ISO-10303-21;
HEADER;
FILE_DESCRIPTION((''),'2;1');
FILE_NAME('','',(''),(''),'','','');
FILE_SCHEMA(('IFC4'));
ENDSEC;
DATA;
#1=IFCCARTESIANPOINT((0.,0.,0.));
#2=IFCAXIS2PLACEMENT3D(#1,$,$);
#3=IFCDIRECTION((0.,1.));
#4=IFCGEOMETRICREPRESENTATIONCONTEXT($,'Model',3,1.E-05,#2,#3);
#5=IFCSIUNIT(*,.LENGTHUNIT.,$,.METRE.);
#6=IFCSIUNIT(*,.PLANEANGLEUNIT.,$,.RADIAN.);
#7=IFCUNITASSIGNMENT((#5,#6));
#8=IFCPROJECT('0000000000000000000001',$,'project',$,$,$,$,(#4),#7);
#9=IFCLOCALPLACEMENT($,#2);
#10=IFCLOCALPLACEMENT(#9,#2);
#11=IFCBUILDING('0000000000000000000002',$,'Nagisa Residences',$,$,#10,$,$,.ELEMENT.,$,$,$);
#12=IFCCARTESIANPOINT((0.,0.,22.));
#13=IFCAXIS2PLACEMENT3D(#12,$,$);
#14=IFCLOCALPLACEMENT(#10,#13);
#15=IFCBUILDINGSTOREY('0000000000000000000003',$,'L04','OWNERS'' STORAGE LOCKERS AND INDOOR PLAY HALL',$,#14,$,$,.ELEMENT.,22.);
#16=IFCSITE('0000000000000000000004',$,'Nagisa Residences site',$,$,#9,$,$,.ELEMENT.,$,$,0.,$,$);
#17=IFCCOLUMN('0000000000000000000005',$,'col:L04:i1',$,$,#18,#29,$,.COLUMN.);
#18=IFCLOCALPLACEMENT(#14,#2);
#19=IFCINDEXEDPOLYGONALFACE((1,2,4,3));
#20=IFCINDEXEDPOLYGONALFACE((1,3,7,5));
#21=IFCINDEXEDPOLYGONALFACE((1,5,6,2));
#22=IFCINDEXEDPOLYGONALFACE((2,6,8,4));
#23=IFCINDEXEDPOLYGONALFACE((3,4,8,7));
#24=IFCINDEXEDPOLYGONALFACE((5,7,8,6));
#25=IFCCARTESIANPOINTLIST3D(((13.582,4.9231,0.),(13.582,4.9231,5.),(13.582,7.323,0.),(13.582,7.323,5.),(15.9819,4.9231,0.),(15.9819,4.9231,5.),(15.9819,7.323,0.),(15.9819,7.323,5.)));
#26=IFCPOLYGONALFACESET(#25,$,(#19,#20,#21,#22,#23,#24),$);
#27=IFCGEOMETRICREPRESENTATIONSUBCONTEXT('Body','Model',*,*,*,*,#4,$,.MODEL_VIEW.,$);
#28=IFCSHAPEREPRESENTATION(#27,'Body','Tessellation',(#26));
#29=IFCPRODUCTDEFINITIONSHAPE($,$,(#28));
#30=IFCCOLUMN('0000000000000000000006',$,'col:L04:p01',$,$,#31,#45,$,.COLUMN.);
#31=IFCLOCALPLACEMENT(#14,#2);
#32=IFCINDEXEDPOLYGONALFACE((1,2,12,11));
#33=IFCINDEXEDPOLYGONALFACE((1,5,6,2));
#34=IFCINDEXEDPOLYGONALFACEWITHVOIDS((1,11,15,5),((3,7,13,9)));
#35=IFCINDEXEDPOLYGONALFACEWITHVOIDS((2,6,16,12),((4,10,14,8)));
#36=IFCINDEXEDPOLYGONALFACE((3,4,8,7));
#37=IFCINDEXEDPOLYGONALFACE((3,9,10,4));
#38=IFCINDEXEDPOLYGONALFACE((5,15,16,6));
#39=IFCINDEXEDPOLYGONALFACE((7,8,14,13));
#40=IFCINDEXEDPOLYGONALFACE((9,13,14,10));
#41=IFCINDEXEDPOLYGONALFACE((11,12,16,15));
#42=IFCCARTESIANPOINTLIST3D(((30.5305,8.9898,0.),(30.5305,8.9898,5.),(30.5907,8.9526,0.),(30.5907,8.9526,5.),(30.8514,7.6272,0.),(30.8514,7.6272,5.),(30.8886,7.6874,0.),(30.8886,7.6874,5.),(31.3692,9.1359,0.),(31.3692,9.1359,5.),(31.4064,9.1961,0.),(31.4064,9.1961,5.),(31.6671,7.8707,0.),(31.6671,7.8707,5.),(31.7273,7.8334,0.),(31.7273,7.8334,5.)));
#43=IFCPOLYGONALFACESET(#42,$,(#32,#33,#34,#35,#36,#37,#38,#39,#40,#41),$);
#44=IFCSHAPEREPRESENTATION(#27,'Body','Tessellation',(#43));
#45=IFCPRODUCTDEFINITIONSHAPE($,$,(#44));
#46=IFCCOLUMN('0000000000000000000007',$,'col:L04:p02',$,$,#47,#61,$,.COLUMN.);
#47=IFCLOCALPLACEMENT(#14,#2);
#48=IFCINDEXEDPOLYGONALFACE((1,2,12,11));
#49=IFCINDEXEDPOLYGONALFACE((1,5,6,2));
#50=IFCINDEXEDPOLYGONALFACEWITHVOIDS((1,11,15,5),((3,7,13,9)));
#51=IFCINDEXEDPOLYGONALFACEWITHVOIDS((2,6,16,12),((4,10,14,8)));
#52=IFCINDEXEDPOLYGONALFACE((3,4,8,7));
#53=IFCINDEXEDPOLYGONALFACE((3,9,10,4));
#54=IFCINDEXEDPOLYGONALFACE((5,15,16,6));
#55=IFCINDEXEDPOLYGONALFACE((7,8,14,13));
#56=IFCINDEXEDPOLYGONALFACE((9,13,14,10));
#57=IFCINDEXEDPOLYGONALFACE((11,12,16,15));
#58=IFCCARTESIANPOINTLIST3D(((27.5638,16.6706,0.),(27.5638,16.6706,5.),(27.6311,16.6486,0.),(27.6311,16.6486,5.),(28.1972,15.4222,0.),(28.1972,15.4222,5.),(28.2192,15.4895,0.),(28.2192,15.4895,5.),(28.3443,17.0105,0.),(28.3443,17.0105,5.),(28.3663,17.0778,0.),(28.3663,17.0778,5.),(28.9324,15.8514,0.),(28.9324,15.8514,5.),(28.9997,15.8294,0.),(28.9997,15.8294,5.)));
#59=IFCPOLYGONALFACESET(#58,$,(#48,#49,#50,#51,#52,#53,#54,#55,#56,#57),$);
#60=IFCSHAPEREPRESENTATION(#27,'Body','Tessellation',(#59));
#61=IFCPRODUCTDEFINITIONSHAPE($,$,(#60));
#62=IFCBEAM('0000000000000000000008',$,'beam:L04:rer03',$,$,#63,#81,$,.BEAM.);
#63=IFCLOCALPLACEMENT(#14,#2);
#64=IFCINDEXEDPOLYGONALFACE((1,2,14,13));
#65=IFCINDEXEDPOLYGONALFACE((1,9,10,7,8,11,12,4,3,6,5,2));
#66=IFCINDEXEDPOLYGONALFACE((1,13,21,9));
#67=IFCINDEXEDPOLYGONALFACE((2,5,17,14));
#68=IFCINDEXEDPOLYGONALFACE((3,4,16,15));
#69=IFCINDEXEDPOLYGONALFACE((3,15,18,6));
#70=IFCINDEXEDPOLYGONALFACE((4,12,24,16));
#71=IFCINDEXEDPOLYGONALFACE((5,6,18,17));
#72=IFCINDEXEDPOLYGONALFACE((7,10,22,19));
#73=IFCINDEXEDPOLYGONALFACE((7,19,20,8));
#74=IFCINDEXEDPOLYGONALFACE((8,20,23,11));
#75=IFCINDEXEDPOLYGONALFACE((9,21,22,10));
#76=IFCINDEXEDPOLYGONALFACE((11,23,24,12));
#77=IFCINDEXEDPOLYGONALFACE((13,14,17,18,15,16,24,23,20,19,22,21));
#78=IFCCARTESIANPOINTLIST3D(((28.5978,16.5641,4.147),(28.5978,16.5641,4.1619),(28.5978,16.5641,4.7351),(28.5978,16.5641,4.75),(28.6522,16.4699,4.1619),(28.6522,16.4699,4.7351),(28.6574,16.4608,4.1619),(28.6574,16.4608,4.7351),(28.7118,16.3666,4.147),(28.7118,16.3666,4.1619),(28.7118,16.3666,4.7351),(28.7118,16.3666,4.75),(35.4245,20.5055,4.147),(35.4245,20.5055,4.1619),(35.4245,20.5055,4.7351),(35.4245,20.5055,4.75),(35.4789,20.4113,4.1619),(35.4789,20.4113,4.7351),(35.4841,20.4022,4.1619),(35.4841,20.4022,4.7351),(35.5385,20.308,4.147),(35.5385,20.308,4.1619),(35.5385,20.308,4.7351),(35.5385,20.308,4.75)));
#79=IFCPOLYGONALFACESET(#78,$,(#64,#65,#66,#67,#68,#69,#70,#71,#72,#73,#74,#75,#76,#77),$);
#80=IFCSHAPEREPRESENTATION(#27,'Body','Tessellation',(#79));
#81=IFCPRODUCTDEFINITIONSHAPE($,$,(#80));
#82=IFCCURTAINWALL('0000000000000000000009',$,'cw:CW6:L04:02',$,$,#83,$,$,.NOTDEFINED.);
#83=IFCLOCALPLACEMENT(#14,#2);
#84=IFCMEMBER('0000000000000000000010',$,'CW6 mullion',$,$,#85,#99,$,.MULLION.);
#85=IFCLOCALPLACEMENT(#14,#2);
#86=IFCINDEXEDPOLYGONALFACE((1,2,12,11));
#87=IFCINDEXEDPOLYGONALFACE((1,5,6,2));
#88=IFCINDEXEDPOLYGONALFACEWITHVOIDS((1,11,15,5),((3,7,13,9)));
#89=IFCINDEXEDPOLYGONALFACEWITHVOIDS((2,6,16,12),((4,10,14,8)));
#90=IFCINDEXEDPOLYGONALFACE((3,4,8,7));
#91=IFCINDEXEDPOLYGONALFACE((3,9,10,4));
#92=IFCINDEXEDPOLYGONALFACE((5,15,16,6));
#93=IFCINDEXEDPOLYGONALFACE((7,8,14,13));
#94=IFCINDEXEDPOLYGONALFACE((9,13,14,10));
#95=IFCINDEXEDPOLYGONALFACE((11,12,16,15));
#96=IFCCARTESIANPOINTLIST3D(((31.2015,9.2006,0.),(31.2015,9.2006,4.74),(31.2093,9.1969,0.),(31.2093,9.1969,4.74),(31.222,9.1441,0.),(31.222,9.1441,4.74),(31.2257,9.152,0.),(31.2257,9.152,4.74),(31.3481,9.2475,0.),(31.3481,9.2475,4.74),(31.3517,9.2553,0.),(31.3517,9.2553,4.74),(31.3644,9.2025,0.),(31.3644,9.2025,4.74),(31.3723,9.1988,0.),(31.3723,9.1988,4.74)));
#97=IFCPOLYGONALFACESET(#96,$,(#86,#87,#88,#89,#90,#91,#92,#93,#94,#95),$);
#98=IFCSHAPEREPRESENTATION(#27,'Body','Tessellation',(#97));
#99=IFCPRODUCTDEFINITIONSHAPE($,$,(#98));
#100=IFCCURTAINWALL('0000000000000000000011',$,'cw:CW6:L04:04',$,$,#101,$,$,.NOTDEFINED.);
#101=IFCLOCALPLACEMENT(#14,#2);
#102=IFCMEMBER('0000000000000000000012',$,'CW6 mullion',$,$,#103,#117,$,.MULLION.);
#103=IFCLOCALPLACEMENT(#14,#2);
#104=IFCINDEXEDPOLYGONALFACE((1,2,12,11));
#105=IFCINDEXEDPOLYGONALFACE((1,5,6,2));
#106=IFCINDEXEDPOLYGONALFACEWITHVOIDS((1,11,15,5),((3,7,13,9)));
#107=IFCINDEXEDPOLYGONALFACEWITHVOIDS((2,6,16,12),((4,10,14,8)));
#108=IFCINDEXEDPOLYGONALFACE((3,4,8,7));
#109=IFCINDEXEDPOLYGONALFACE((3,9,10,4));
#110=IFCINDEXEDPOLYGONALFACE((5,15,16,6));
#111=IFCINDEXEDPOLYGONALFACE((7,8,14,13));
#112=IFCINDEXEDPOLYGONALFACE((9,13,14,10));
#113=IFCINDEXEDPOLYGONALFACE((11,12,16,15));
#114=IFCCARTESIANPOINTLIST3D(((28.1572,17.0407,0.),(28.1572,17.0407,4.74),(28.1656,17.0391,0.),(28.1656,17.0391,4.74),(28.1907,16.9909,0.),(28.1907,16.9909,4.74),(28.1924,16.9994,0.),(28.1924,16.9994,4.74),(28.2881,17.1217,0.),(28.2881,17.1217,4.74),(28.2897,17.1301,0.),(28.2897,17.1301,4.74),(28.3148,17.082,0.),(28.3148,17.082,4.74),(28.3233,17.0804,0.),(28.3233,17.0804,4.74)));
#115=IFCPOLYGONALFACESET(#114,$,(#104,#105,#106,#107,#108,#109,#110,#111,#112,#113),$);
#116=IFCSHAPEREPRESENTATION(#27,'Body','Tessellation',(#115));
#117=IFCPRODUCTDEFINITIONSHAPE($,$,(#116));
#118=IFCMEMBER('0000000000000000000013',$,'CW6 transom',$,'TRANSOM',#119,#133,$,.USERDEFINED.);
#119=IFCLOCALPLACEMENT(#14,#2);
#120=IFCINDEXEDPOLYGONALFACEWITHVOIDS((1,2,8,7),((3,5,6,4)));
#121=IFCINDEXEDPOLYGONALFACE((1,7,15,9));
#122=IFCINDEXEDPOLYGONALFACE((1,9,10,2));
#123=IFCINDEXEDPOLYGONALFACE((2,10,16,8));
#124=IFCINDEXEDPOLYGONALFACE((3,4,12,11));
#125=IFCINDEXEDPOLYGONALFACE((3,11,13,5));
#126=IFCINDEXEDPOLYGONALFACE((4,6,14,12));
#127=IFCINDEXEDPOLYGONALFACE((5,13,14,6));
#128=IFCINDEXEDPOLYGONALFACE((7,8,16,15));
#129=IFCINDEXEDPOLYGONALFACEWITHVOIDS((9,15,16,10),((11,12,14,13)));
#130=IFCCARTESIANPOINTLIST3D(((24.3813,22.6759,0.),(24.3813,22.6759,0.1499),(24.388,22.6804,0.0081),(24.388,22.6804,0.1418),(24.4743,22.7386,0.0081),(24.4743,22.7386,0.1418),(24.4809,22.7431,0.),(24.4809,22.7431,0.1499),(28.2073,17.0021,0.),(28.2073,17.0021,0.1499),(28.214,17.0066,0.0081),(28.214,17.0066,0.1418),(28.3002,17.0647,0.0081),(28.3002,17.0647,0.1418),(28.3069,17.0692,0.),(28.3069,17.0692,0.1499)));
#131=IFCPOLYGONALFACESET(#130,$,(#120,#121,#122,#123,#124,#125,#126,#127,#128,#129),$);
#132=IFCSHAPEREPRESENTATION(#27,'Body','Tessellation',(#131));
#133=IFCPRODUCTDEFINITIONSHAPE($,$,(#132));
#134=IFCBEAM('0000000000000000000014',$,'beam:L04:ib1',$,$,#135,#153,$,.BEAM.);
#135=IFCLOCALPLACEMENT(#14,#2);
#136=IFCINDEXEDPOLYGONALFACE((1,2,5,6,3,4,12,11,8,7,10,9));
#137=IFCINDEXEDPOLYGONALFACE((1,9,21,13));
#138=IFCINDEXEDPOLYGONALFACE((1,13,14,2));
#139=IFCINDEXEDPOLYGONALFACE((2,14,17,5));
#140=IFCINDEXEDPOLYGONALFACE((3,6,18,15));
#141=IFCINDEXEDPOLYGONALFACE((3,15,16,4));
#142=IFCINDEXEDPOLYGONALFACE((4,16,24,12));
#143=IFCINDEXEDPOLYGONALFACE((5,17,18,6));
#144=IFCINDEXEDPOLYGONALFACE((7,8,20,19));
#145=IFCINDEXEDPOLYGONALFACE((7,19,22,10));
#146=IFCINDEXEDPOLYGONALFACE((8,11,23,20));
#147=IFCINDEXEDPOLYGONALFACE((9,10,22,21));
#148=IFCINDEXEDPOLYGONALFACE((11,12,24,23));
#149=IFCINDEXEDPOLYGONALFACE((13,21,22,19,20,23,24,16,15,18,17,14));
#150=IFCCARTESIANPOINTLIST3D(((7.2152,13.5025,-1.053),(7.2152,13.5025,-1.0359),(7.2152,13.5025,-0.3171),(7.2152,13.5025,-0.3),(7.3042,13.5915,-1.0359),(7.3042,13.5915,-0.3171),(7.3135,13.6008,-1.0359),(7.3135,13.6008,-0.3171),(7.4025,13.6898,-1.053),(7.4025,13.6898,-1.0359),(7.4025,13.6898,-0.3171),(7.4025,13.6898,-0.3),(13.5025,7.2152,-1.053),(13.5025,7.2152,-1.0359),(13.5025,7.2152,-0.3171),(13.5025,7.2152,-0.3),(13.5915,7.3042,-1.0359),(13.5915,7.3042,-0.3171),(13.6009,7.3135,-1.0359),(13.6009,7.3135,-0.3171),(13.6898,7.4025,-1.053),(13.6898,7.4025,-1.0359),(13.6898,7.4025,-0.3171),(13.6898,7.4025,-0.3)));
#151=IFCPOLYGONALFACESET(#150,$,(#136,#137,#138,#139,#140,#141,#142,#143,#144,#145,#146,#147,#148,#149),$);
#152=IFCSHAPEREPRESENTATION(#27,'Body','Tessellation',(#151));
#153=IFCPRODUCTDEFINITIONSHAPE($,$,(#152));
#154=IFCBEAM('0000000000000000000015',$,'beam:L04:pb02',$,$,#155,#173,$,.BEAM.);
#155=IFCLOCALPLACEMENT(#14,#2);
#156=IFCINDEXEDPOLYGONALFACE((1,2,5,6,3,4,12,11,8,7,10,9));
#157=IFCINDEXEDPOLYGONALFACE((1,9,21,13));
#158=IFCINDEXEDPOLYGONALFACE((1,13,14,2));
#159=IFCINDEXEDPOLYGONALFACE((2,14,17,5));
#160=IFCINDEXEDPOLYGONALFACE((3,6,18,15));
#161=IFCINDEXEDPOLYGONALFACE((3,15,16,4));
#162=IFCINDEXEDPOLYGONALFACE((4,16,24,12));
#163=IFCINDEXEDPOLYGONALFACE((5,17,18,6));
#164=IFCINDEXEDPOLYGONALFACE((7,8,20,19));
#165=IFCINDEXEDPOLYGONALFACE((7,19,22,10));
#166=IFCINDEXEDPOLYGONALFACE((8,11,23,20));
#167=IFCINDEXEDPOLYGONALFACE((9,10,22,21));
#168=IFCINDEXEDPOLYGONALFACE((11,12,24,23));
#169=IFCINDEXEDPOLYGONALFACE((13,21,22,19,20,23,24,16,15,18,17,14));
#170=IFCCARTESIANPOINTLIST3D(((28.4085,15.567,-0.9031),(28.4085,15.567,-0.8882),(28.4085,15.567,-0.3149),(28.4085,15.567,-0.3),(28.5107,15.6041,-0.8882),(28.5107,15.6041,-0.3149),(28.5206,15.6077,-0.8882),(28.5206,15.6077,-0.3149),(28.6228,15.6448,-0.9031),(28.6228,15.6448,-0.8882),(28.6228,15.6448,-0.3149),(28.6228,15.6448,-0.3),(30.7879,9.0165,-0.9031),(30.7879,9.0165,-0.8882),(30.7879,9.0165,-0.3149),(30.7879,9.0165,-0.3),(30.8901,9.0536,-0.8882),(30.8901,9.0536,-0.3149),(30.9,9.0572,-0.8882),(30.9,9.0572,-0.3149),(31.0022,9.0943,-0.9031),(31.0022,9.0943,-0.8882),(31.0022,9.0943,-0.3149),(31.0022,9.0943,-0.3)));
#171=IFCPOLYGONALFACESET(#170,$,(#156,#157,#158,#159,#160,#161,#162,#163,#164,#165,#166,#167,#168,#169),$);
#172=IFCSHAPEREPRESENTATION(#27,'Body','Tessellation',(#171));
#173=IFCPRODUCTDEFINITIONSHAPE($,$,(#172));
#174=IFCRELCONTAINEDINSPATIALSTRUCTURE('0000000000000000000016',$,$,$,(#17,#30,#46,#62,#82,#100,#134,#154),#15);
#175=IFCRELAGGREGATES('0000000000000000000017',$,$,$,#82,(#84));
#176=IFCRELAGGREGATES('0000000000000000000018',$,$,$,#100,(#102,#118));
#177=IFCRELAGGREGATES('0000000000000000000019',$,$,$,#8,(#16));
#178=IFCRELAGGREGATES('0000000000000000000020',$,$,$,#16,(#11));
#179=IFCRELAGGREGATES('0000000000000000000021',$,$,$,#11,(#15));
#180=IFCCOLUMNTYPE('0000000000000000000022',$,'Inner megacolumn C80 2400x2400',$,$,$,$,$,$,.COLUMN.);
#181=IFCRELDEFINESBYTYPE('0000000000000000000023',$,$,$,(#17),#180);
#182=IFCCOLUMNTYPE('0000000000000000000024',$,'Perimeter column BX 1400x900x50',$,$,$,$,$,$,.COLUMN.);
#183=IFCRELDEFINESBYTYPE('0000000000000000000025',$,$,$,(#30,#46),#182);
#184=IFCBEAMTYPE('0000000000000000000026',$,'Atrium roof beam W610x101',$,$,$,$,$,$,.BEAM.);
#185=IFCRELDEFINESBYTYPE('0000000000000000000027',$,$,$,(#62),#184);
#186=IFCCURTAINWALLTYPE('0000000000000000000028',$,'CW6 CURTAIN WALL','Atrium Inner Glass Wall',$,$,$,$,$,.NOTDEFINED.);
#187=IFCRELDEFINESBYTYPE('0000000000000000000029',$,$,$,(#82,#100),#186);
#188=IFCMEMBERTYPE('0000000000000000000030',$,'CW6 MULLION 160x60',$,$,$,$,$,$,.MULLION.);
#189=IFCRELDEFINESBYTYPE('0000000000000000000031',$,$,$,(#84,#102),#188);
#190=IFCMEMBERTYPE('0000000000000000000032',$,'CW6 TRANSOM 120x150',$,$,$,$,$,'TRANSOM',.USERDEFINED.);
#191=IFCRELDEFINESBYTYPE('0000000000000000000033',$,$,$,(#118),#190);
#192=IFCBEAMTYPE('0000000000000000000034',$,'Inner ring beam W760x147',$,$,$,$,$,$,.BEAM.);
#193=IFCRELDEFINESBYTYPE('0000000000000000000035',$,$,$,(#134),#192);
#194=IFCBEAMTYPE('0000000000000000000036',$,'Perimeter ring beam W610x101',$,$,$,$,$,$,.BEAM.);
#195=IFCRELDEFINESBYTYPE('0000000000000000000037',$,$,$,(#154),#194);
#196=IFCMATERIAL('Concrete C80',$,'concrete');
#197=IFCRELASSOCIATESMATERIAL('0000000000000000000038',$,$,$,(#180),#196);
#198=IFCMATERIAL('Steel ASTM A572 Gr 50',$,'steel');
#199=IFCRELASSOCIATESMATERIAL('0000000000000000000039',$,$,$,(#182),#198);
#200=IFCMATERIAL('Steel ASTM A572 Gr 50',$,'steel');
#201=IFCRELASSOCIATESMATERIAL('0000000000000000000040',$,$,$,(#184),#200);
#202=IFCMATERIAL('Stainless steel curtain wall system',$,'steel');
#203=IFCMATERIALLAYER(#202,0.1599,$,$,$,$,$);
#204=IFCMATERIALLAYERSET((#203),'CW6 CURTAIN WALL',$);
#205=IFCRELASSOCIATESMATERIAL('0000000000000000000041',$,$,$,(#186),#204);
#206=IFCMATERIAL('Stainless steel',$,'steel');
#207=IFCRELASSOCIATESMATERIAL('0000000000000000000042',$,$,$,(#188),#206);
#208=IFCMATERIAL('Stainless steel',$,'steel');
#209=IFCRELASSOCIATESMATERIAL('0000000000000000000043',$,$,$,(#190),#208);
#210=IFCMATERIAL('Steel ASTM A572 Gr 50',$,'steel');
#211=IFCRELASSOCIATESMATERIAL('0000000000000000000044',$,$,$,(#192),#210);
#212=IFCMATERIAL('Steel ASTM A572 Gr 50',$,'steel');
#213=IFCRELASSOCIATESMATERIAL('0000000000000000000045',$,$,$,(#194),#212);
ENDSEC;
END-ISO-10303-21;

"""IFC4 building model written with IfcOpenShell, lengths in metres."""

from ifc_helpers import new_model, si_unit, direction, frame, origin, origin_2d, place, context, subcontext, project, spatial, rectangle, hollow_rectangle, i_section, extrude, material, layer, layer_set, material_profile, profile_set, type_object, element, aggregate, save


model = new_model("IFC4")

# Units and contexts
model_context = context("Model", 3, precision=1e-05, world=origin(), true_north=direction((0.0, 1.0)))
body_context = subcontext(model_context, "Body", "Model", "MODEL_VIEW")
ifc_project = project(units=[si_unit("LENGTHUNIT", "METRE"), si_unit("PLANEANGLEUNIT", "RADIAN")], contexts=[model_context])

# Site, building, storey
site_placement = place(None, origin())
site = spatial("IfcSite", under=ifc_project, at=site_placement, Name="Nagisa Residences site", CompositionType="ELEMENT", RefElevation=0.0)
building_placement = place(site_placement, origin())
building = spatial("IfcBuilding", under=site, at=building_placement, Name="Nagisa Residences", CompositionType="ELEMENT")
storey_placement = place(building_placement, frame((0.0, 0.0, 22.0)))
storey = spatial("IfcBuildingStorey", under=building, at=storey_placement, Name="L04", Description="OWNERS' STORAGE LOCKERS AND INDOOR PLAY HALL", CompositionType="ELEMENT", Elevation=22.0)

# Columns
ifc_material_1 = material(Name="Concrete C80", Category="concrete")
ifc_material_profile_1 = material_profile(ifc_material_1, rectangle(XDim=2.3999, YDim=2.3999, at=origin_2d()), Name="C80 2400x2400")
ifc_profile_set_1 = profile_set([ifc_material_profile_1], Name="Concrete C80")
column_type_1 = type_object("IfcColumnType", Name="Inner megacolumn C80 2400x2400", PredefinedType="COLUMN", material=ifc_profile_set_1)
column_placement = place(storey_placement, frame((14.782, 6.123, 0.0), z_axis=(0.0, 0.0, 1.0), x_axis=(1.0, 0.0, 0.0)))
element("IfcColumn", 1, at=column_placement, inside=storey, type_object=column_type_1, Name="col:L04:i1", PredefinedType="COLUMN", context=body_context, shape_type="SweptSolid", body=[
    extrude(rectangle(XDim=2.3999, YDim=2.3999, at=origin_2d()), origin(), (0.0, 0.0, 1.0), 5.0),
])
ifc_material_2 = material(Name="Steel ASTM A572 Gr 50", Category="steel")
ifc_material_profile_2 = material_profile(ifc_material_2, hollow_rectangle(XDim=1.3999, YDim=0.8999, WallThickness=0.05, at=origin_2d()), Name="BX 1400x900x50")
ifc_profile_set_2 = profile_set([ifc_material_profile_2], Name="Steel ASTM A572 Gr 50")
column_type_2 = type_object("IfcColumnType", Name="Perimeter column BX 1400x900x50", PredefinedType="COLUMN", material=ifc_profile_set_2)
for number, where, z_axis, x_axis, name in (
    (2, (31.1289, 8.4116, 0.0), (0.0, 0.0, 1.0), (-0.229202, 0.973379, 0.0), "col:L04:p01"),
    (3, (28.2817, 16.25, 0.0), (0.0, 0.0, 1.0), (-0.452463, 0.891783, 0.0), "col:L04:p02"),
):
    element("IfcColumn", number, at=place(storey_placement, frame(where, z_axis=z_axis, x_axis=x_axis)), inside=storey, type_object=column_type_2, Name=name, PredefinedType="COLUMN", context=body_context, shape_type="SweptSolid", body=[
        extrude(hollow_rectangle(XDim=1.3999, YDim=0.8999, WallThickness=0.05, at=origin_2d()), origin(), (0.0, 0.0, 1.0), 5.0),
    ])

# Beam
ifc_material_3 = material(Name="Steel ASTM A572 Gr 50", Category="steel")
ifc_material_profile_3 = material_profile(ifc_material_3, i_section(OverallWidth=0.228, OverallDepth=0.603, WebThickness=0.0105, FlangeThickness=0.0149, at=origin_2d()), Name="W610x101")
ifc_profile_set_3 = profile_set([ifc_material_profile_3], Name="Steel ASTM A572 Gr 50")
beam_type_1 = type_object("IfcBeamType", Name="Atrium roof beam W610x101", PredefinedType="BEAM", material=ifc_profile_set_3)
beam_1_placement = place(storey_placement, frame((28.6548, 16.4653, 4.4485), z_axis=(0.866024, 0.500003, 0.0), x_axis=(-0.500003, 0.866024, 0.0)))
element("IfcBeam", 4, at=beam_1_placement, inside=storey, type_object=beam_type_1, Name="beam:L04:rer03", PredefinedType="BEAM", context=body_context, shape_type="SweptSolid", body=[
    extrude(i_section(OverallWidth=0.228, OverallDepth=0.603, WebThickness=0.0105, FlangeThickness=0.0149, at=origin_2d()), origin(), (0.0, 0.0, 1.0), 7.8828),
])

# Curtain wall, member
ifc_material_4 = material(Name="Stainless steel curtain wall system", Category="steel")
ifc_layer_1 = layer(ifc_material_4, 0.1599)
ifc_layer_set_1 = layer_set([ifc_layer_1], Name="CW6 CURTAIN WALL")
curtain_wall_type = type_object("IfcCurtainWallType", Name="CW6 CURTAIN WALL", Description="Atrium Inner Glass Wall", PredefinedType="NOTDEFINED", material=ifc_layer_set_1)
curtain_wall_1_placement = place(storey_placement, origin())
curtain_wall_1 = element("IfcCurtainWall", 5, at=curtain_wall_1_placement, inside=storey, type_object=curtain_wall_type, Name="cw:CW6:L04:02", PredefinedType="NOTDEFINED")
ifc_material_5 = material(Name="Stainless steel", Category="steel")
ifc_material_profile_4 = material_profile(ifc_material_5, hollow_rectangle(XDim=0.1599, YDim=0.0601, WallThickness=0.0061, at=origin_2d()), Name="CW6 MULLION 160x60")
ifc_profile_set_4 = profile_set([ifc_material_profile_4], Name="Stainless steel")
member_type_1 = type_object("IfcMemberType", Name="CW6 MULLION 160x60", PredefinedType="MULLION", material=ifc_profile_set_4)
member_1_placement = place(storey_placement, frame((31.2869, 9.1997, 0.0), z_axis=(0.0, 0.0, 1.0), x_axis=(-0.939682, -0.34205, 0.0)))
member_1 = element("IfcMember", 6, at=member_1_placement, type_object=member_type_1, Name="CW6 mullion", PredefinedType="MULLION", context=body_context, shape_type="SweptSolid", body=[
    extrude(hollow_rectangle(XDim=0.1599, YDim=0.0601, WallThickness=0.0061, at=origin_2d()), origin(), (0.0, 0.0, 1.0), 4.74),
])

# Curtain wall, members
curtain_wall_2_placement = place(storey_placement, origin())
curtain_wall_2 = element("IfcCurtainWall", 7, at=curtain_wall_2_placement, inside=storey, type_object=curtain_wall_type, Name="cw:CW6:L04:04", PredefinedType="NOTDEFINED")
member_2_placement = place(storey_placement, frame((28.2402, 17.0605, 0.0), z_axis=(0.0, 0.0, 1.0), x_axis=(-0.829111, -0.559084, 0.0)))
member_2 = element("IfcMember", 8, at=member_2_placement, type_object=member_type_1, Name="CW6 mullion", PredefinedType="MULLION", context=body_context, shape_type="SweptSolid", body=[
    extrude(hollow_rectangle(XDim=0.1599, YDim=0.0601, WallThickness=0.0061, at=origin_2d()), origin(), (0.0, 0.0, 1.0), 4.74),
])
ifc_material_6 = material(Name="Stainless steel", Category="steel")
ifc_material_profile_5 = material_profile(ifc_material_6, hollow_rectangle(XDim=0.1201, YDim=0.1499, WallThickness=0.0081, at=origin_2d()), Name="CW6 TRANSOM 120x150")
ifc_profile_set_5 = profile_set([ifc_material_profile_5], Name="Stainless steel")
member_type_2 = type_object("IfcMemberType", Name="CW6 TRANSOM 120x150", ElementType="TRANSOM", PredefinedType="USERDEFINED", material=ifc_profile_set_5)
member_3_placement = place(storey_placement, frame((28.2571, 17.0356, 0.075), z_axis=(-0.559081, 0.829113, 0.0), x_axis=(-0.829113, -0.559081, 0.0)))
member_3 = element("IfcMember", 9, at=member_3_placement, type_object=member_type_2, Name="CW6 transom", ObjectType="TRANSOM", PredefinedType="USERDEFINED", context=body_context, shape_type="SweptSolid", body=[
    extrude(hollow_rectangle(XDim=0.1201, YDim=0.1499, WallThickness=0.0081, at=origin_2d()), origin(), (0.0, 0.0, 1.0), 6.8433),
])

# Beams
ifc_material_7 = material(Name="Steel ASTM A572 Gr 50", Category="steel")
ifc_material_profile_6 = material_profile(ifc_material_7, i_section(OverallWidth=0.2649, OverallDepth=0.7529, WebThickness=0.0132, FlangeThickness=0.0171, at=origin_2d()), Name="W760x147")
ifc_profile_set_6 = profile_set([ifc_material_profile_6], Name="Steel ASTM A572 Gr 50")
beam_type_2 = type_object("IfcBeamType", Name="Inner ring beam W760x147", PredefinedType="BEAM", material=ifc_profile_set_6)
beam_2_placement = place(storey_placement, frame((13.5962, 7.3088, -0.6765), z_axis=(-0.707107, 0.707107, 0.0), x_axis=(-0.707107, -0.707107, 0.0)))
element("IfcBeam", 10, at=beam_2_placement, inside=storey, type_object=beam_type_2, Name="beam:L04:ib1", PredefinedType="BEAM", context=body_context, shape_type="SweptSolid", body=[
    extrude(i_section(OverallWidth=0.2649, OverallDepth=0.7529, WebThickness=0.0132, FlangeThickness=0.0171, at=origin_2d()), origin(), (0.0, 0.0, 1.0), 8.8916),
])
ifc_material_8 = material(Name="Steel ASTM A572 Gr 50", Category="steel")
ifc_material_profile_7 = material_profile(ifc_material_8, i_section(OverallWidth=0.228, OverallDepth=0.603, WebThickness=0.0105, FlangeThickness=0.0149, at=origin_2d()), Name="W610x101")
ifc_profile_set_7 = profile_set([ifc_material_profile_7], Name="Steel ASTM A572 Gr 50")
beam_type_3 = type_object("IfcBeamType", Name="Perimeter ring beam W610x101", PredefinedType="BEAM", material=ifc_profile_set_7)
beam_3_placement = place(storey_placement, frame((30.895, 9.0554, -0.6016), z_axis=(-0.341411, 0.939914, 0.0), x_axis=(-0.939914, -0.341411, 0.0)))
element("IfcBeam", 11, at=beam_3_placement, inside=storey, type_object=beam_type_3, Name="beam:L04:pb02", PredefinedType="BEAM", context=body_context, shape_type="SweptSolid", body=[
    extrude(i_section(OverallWidth=0.228, OverallDepth=0.603, WebThickness=0.0105, FlangeThickness=0.0149, at=origin_2d()), origin(), (0.0, 0.0, 1.0), 6.9692),
])

aggregate(curtain_wall_1, [member_1])
aggregate(curtain_wall_2, [member_2, member_3])

save(model, "model.ifc")
